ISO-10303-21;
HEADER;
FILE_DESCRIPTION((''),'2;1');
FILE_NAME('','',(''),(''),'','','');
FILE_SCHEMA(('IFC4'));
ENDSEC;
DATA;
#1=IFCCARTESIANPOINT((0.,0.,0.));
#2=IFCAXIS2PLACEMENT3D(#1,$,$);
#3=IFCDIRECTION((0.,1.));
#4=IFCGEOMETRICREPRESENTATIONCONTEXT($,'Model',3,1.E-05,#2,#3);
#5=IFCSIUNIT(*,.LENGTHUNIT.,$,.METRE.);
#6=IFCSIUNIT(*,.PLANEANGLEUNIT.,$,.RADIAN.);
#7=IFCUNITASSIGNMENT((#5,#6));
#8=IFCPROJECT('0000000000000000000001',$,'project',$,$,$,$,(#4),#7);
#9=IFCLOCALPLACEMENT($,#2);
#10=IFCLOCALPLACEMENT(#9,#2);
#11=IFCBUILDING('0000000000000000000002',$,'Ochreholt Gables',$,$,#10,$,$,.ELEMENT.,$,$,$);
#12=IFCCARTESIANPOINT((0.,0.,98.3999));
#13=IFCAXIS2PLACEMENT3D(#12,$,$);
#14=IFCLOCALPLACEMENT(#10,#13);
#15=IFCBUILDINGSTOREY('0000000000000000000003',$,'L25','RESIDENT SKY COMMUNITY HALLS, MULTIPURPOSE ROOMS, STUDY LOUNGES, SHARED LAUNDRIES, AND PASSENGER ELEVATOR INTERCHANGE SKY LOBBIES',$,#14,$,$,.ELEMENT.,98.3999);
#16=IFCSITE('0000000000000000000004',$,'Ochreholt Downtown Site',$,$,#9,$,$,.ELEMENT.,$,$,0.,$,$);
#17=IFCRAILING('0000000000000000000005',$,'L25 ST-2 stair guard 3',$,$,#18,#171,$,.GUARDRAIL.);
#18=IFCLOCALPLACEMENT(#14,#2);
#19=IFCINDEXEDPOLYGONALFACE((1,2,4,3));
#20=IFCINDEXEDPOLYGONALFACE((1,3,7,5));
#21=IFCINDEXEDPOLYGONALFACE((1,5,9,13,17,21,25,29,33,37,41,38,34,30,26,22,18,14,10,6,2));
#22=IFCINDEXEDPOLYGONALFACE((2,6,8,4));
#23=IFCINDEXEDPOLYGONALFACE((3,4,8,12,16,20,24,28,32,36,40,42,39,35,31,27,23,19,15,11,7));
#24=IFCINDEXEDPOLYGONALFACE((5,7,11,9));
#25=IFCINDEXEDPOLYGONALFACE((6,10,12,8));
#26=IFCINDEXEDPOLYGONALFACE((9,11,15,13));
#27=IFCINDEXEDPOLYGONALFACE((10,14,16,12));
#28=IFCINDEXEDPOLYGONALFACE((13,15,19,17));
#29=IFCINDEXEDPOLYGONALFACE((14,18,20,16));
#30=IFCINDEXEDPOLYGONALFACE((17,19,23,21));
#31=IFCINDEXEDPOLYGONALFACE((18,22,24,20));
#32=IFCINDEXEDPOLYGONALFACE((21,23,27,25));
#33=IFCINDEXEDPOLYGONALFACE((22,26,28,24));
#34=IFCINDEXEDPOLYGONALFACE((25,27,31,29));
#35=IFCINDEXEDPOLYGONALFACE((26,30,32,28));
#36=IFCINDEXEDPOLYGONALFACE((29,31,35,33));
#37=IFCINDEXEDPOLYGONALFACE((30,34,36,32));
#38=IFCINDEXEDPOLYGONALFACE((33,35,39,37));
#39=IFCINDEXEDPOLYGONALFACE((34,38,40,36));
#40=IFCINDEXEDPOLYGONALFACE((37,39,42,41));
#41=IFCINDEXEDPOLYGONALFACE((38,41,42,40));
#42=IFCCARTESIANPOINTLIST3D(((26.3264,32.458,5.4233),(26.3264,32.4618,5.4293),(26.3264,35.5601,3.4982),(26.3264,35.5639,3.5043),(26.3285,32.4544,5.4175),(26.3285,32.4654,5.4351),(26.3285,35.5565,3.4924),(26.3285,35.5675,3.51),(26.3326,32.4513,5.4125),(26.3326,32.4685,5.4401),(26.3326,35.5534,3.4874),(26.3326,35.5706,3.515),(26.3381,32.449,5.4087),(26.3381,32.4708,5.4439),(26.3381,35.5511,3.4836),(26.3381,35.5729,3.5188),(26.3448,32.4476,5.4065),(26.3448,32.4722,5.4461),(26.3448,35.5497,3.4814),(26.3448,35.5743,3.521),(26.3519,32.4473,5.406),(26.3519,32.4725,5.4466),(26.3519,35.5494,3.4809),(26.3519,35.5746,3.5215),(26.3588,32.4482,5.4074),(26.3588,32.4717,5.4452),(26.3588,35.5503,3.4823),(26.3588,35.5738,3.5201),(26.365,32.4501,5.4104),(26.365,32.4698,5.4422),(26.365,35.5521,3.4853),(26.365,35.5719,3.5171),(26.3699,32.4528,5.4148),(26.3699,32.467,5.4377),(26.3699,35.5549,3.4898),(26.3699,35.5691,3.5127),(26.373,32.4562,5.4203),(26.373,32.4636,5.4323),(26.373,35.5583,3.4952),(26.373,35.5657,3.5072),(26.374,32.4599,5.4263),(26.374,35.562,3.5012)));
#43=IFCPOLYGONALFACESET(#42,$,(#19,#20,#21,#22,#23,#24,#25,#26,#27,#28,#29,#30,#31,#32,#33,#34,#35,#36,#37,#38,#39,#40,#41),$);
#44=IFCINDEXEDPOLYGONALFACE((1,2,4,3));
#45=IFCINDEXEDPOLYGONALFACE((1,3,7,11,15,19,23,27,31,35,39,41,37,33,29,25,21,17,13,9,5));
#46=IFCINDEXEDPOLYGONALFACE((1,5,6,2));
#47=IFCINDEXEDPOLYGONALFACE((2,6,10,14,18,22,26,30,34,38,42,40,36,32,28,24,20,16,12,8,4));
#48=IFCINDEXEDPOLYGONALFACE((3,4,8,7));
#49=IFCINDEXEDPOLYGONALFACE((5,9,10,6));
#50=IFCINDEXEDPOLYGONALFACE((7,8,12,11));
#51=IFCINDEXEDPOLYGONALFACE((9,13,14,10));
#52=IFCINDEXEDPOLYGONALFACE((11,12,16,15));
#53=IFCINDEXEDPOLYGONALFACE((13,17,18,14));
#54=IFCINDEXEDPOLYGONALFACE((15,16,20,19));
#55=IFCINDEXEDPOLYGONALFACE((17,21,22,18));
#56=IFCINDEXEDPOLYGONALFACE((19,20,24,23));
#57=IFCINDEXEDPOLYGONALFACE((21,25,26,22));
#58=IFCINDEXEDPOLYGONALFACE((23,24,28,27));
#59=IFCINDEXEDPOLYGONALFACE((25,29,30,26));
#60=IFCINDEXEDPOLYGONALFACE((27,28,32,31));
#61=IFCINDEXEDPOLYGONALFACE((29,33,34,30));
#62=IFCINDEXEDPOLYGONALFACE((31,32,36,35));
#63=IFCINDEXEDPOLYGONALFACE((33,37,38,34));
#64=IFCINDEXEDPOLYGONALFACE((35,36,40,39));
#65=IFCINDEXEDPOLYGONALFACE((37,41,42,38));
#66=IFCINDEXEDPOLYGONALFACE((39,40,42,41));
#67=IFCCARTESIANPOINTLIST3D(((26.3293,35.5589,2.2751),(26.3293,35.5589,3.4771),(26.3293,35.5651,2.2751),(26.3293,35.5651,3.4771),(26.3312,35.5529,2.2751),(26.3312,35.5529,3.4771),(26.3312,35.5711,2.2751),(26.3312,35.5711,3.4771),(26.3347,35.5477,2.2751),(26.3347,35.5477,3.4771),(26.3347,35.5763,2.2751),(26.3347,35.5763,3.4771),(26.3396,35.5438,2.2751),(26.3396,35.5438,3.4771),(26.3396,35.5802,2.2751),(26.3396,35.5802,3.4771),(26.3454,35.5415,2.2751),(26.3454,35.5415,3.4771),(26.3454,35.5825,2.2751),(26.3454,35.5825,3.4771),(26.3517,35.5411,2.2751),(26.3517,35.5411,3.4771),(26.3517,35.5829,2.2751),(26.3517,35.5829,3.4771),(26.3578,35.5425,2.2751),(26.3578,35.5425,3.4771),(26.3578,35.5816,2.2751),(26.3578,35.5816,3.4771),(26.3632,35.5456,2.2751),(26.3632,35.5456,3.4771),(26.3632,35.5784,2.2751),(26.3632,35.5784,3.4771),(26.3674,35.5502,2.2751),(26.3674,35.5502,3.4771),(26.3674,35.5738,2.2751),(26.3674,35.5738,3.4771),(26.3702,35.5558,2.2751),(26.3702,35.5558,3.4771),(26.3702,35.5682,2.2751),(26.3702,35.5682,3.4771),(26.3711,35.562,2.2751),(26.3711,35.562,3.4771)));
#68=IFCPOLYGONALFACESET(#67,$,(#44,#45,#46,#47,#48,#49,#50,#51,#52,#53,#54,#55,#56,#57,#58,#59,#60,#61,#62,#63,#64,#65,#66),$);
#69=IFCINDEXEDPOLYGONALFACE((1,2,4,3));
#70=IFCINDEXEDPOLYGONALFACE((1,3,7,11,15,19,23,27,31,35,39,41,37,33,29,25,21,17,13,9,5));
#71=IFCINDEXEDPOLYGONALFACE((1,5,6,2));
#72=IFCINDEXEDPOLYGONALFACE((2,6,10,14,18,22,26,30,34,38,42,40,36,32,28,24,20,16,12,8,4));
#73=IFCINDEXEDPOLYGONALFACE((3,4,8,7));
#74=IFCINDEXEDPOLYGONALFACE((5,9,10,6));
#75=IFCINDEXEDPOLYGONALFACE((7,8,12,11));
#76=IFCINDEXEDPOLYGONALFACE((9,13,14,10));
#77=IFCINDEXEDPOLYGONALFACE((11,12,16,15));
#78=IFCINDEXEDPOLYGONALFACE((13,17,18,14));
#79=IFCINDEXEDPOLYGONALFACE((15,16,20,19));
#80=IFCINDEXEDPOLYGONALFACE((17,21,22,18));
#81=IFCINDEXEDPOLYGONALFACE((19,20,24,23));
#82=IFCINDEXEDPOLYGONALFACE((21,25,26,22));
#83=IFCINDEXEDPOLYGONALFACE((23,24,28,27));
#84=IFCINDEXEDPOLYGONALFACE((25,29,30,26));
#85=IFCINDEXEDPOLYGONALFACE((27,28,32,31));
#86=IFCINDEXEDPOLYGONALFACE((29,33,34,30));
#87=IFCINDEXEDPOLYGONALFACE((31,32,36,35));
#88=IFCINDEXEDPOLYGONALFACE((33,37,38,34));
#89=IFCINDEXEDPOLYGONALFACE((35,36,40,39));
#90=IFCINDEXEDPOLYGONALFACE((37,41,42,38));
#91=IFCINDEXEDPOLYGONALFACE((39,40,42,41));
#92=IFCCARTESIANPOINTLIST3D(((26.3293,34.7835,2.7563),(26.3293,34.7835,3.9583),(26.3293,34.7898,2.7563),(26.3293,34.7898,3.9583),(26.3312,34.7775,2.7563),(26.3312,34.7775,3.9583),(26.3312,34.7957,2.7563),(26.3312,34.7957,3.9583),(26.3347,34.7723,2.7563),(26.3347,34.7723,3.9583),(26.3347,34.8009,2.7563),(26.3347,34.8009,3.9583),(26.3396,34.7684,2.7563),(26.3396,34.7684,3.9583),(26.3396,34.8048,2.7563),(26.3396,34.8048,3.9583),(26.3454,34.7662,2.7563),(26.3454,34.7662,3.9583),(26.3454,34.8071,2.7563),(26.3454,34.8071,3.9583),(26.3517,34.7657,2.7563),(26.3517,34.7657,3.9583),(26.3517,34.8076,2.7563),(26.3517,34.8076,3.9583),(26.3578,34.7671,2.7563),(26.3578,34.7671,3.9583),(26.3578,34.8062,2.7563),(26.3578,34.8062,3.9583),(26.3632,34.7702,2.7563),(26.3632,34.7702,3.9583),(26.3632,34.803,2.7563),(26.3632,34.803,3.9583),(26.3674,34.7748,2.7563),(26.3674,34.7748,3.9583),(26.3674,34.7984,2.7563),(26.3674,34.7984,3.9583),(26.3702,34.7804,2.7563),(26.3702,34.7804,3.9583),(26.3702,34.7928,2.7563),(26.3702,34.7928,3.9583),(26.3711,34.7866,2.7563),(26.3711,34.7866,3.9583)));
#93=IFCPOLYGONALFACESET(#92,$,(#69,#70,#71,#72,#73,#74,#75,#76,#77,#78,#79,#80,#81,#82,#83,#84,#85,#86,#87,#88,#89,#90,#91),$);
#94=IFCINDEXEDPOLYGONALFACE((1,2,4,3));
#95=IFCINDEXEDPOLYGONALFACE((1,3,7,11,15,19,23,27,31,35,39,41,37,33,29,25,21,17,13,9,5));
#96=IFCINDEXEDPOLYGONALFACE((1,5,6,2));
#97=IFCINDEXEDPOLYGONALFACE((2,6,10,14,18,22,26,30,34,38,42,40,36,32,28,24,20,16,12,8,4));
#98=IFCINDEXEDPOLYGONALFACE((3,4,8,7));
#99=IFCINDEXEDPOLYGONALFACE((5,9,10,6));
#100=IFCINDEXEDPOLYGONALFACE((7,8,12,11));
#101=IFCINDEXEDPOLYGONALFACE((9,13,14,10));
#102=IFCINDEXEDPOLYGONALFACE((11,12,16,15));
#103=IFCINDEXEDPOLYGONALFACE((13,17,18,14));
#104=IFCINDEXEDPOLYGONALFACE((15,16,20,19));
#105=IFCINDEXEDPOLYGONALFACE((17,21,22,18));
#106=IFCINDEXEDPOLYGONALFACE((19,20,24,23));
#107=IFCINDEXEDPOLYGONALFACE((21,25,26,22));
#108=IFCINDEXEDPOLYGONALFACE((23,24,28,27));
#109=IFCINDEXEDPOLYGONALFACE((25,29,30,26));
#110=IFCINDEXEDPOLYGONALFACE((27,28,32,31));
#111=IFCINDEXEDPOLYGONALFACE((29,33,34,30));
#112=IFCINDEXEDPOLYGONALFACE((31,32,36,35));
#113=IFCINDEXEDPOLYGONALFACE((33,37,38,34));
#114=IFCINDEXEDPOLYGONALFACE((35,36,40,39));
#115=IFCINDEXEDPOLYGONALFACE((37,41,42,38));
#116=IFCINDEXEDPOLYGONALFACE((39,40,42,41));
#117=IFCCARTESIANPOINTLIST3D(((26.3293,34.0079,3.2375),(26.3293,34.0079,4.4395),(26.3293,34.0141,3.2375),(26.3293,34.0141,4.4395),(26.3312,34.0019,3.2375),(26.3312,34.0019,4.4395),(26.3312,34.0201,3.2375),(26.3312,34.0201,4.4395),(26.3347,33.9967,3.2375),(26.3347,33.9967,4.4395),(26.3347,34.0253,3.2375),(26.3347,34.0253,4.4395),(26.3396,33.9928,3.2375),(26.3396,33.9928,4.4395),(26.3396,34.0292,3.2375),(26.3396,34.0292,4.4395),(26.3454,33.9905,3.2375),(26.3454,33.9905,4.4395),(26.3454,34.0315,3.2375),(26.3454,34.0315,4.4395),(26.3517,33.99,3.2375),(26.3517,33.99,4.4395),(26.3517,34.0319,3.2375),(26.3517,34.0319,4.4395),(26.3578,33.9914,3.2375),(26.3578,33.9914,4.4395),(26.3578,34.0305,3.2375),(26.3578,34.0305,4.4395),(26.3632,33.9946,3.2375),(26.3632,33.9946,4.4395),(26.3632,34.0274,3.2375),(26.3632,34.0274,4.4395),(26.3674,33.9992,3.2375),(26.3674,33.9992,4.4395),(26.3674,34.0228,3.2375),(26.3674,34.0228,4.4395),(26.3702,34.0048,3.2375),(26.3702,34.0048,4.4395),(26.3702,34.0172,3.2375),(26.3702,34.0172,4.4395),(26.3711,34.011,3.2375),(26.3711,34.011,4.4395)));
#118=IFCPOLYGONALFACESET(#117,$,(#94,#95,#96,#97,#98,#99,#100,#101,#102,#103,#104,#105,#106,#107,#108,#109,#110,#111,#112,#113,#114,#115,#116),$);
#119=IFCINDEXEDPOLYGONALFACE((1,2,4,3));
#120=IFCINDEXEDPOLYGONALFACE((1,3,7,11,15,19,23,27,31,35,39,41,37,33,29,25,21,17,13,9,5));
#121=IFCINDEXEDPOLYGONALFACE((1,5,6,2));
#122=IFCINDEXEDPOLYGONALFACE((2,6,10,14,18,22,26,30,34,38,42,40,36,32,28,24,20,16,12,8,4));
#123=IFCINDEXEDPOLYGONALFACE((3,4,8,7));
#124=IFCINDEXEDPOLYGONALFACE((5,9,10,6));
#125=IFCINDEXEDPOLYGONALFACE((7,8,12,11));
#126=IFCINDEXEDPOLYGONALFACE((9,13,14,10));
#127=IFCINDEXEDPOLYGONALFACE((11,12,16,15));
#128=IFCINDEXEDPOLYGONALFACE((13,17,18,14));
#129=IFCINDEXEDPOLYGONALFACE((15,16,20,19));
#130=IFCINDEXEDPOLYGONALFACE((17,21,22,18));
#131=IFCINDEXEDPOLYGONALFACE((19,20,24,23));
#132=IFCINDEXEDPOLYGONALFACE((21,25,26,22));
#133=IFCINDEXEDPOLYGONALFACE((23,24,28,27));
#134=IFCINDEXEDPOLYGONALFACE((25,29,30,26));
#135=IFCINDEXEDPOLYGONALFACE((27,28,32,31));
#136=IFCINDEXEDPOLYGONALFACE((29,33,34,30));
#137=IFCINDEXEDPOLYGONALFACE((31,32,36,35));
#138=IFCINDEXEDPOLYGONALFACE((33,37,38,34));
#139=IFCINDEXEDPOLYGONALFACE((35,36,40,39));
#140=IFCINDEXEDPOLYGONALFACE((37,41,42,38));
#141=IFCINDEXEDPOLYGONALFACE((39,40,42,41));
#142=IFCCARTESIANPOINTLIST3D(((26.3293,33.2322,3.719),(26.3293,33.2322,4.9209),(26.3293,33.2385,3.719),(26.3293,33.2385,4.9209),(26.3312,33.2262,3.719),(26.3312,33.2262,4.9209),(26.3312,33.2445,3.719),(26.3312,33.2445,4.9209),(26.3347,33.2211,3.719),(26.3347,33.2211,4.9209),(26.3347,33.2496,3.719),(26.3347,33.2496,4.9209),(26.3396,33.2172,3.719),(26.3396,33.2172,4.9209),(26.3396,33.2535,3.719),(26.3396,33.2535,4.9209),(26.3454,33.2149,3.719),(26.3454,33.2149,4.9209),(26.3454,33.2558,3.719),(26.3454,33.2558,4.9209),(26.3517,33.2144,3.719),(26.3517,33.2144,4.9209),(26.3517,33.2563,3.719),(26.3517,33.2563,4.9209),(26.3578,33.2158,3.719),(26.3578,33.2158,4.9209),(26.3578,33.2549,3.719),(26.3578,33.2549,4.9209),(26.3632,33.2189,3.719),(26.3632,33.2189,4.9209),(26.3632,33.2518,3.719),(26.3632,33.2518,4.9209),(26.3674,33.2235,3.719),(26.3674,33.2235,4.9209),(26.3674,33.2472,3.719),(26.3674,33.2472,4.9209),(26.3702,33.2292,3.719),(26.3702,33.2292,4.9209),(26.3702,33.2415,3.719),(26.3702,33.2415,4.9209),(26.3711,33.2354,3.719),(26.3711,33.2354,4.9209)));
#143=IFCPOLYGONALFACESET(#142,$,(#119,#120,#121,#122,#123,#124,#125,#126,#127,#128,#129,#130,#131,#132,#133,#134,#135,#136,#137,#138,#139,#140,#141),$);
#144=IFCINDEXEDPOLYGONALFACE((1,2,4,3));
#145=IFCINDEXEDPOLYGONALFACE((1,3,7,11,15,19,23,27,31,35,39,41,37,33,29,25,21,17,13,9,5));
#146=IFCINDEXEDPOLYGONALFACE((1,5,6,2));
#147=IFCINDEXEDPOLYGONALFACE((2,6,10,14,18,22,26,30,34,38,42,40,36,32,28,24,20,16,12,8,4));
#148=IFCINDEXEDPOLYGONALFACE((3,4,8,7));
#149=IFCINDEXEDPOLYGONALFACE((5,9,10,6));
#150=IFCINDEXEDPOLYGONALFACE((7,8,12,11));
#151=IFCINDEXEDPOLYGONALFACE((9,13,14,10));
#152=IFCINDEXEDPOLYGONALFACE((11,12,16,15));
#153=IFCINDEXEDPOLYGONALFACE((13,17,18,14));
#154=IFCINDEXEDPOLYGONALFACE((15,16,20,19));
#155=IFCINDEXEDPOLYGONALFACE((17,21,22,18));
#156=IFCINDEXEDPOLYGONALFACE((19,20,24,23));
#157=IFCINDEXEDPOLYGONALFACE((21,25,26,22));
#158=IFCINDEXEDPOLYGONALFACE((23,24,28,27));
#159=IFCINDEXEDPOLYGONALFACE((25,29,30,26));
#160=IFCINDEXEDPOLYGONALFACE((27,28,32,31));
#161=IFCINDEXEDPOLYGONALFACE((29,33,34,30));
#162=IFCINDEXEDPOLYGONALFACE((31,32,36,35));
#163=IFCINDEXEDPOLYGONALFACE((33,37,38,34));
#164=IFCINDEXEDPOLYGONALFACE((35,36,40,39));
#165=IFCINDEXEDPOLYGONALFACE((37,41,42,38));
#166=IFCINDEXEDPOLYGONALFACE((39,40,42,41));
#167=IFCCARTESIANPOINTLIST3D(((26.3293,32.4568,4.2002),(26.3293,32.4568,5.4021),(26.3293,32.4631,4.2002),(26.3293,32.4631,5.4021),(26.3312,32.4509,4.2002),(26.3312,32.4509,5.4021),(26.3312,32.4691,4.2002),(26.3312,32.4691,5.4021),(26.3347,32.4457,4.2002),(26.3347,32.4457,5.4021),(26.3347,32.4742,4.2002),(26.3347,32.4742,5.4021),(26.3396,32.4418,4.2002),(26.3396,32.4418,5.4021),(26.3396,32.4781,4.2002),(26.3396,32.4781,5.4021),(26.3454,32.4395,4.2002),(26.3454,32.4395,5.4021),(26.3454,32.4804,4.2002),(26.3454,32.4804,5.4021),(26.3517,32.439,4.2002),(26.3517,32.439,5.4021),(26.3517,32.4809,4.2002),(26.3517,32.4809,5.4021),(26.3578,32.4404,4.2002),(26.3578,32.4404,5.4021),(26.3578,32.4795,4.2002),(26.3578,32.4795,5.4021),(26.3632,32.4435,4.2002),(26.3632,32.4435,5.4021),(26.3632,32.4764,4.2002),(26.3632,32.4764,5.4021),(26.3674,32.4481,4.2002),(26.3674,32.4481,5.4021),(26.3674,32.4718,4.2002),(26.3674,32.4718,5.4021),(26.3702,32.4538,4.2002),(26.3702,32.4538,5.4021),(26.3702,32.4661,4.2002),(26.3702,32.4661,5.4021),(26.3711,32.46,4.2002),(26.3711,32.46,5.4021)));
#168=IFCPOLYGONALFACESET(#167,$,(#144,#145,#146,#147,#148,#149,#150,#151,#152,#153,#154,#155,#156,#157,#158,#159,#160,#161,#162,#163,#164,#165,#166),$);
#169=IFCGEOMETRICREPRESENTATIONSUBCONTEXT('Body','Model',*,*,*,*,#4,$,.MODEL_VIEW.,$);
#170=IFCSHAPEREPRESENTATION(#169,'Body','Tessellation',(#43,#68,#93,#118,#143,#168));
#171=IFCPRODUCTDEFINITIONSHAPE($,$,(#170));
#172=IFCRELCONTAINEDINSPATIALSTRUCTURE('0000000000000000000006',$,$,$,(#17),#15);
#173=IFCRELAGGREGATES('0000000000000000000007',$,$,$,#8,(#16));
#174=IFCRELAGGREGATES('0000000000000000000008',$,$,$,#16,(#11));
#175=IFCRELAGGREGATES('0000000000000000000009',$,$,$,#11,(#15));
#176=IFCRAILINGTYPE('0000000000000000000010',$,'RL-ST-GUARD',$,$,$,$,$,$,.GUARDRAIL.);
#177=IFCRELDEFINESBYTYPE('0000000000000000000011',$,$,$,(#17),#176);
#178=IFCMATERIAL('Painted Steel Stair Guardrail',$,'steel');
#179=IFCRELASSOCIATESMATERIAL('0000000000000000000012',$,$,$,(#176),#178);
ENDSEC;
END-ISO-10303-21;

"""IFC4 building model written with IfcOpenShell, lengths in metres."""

from ifc_helpers import new_model, si_unit, direction, frame, origin, origin_2d, place, context, subcontext, project, spatial, circle, extrude, material, type_object, element, save


model = new_model("IFC4")

# Units and contexts
model_context = context("Model", 3, precision=1e-05, world=origin(), true_north=direction((0.0, 1.0)))
body_context = subcontext(model_context, "Body", "Model", "MODEL_VIEW")
ifc_project = project(units=[si_unit("LENGTHUNIT", "METRE"), si_unit("PLANEANGLEUNIT", "RADIAN")], contexts=[model_context])

# Site, building, storey
site_placement = place(None, origin())
site = spatial("IfcSite", under=ifc_project, at=site_placement, Name="Ochreholt Downtown Site", CompositionType="ELEMENT", RefElevation=0.0)
building_placement = place(site_placement, origin())
building = spatial("IfcBuilding", under=site, at=building_placement, Name="Ochreholt Gables", CompositionType="ELEMENT")
storey_placement = place(building_placement, frame((0.0, 0.0, 98.3999)))
storey = spatial("IfcBuildingStorey", under=building, at=storey_placement, Name="L25", Description="RESIDENT SKY COMMUNITY HALLS, MULTIPURPOSE ROOMS, STUDY LOUNGES, SHARED LAUNDRIES, AND PASSENGER ELEVATOR INTERCHANGE SKY LOBBIES", CompositionType="ELEMENT", Elevation=98.3999)

# Railing
ifc_material_1 = material(Name="Painted Steel Stair Guardrail", Category="steel")
railing_type_1 = type_object("IfcRailingType", Name="RL-ST-GUARD", PredefinedType="GUARDRAIL", material=ifc_material_1)
railing_1_placement = place(storey_placement, frame((26.3501, 35.562, 2.2751)))
element("IfcRailing", 1, at=railing_1_placement, inside=storey, type_object=railing_type_1, Name="L25 ST-2 stair guard 3", PredefinedType="GUARDRAIL", context=body_context, shape_type="SweptSolid", body=[
    extrude(circle(Radius=0.0239, at=origin_2d()), frame((0.0, 0.0, 1.2261), z_axis=(0.0, -0.849685, 0.527291), x_axis=(1.0, 0.0, 0.0)), (0.0, 0.0, 1.0), 3.6509),
    extrude(circle(Radius=0.021, at=origin_2d()), origin(), (0.0, 0.0, 1.0), 1.2019),
    extrude(circle(Radius=0.021, at=origin_2d()), frame((0.0, -0.7754, 0.4812)), (0.0, 0.0, 1.0), 1.2019),
    extrude(circle(Radius=0.021, at=origin_2d()), frame((0.0, -1.551, 0.9624)), (0.0, 0.0, 1.0), 1.2019),
    extrude(circle(Radius=0.021, at=origin_2d()), frame((0.0, -2.3267, 1.4438)), (0.0, 0.0, 1.0), 1.2019),
    extrude(circle(Radius=0.021, at=origin_2d()), frame((0.0, -3.1021, 1.925)), (0.0, 0.0, 1.0), 1.2019),
])

save(model, "model.ifc")
